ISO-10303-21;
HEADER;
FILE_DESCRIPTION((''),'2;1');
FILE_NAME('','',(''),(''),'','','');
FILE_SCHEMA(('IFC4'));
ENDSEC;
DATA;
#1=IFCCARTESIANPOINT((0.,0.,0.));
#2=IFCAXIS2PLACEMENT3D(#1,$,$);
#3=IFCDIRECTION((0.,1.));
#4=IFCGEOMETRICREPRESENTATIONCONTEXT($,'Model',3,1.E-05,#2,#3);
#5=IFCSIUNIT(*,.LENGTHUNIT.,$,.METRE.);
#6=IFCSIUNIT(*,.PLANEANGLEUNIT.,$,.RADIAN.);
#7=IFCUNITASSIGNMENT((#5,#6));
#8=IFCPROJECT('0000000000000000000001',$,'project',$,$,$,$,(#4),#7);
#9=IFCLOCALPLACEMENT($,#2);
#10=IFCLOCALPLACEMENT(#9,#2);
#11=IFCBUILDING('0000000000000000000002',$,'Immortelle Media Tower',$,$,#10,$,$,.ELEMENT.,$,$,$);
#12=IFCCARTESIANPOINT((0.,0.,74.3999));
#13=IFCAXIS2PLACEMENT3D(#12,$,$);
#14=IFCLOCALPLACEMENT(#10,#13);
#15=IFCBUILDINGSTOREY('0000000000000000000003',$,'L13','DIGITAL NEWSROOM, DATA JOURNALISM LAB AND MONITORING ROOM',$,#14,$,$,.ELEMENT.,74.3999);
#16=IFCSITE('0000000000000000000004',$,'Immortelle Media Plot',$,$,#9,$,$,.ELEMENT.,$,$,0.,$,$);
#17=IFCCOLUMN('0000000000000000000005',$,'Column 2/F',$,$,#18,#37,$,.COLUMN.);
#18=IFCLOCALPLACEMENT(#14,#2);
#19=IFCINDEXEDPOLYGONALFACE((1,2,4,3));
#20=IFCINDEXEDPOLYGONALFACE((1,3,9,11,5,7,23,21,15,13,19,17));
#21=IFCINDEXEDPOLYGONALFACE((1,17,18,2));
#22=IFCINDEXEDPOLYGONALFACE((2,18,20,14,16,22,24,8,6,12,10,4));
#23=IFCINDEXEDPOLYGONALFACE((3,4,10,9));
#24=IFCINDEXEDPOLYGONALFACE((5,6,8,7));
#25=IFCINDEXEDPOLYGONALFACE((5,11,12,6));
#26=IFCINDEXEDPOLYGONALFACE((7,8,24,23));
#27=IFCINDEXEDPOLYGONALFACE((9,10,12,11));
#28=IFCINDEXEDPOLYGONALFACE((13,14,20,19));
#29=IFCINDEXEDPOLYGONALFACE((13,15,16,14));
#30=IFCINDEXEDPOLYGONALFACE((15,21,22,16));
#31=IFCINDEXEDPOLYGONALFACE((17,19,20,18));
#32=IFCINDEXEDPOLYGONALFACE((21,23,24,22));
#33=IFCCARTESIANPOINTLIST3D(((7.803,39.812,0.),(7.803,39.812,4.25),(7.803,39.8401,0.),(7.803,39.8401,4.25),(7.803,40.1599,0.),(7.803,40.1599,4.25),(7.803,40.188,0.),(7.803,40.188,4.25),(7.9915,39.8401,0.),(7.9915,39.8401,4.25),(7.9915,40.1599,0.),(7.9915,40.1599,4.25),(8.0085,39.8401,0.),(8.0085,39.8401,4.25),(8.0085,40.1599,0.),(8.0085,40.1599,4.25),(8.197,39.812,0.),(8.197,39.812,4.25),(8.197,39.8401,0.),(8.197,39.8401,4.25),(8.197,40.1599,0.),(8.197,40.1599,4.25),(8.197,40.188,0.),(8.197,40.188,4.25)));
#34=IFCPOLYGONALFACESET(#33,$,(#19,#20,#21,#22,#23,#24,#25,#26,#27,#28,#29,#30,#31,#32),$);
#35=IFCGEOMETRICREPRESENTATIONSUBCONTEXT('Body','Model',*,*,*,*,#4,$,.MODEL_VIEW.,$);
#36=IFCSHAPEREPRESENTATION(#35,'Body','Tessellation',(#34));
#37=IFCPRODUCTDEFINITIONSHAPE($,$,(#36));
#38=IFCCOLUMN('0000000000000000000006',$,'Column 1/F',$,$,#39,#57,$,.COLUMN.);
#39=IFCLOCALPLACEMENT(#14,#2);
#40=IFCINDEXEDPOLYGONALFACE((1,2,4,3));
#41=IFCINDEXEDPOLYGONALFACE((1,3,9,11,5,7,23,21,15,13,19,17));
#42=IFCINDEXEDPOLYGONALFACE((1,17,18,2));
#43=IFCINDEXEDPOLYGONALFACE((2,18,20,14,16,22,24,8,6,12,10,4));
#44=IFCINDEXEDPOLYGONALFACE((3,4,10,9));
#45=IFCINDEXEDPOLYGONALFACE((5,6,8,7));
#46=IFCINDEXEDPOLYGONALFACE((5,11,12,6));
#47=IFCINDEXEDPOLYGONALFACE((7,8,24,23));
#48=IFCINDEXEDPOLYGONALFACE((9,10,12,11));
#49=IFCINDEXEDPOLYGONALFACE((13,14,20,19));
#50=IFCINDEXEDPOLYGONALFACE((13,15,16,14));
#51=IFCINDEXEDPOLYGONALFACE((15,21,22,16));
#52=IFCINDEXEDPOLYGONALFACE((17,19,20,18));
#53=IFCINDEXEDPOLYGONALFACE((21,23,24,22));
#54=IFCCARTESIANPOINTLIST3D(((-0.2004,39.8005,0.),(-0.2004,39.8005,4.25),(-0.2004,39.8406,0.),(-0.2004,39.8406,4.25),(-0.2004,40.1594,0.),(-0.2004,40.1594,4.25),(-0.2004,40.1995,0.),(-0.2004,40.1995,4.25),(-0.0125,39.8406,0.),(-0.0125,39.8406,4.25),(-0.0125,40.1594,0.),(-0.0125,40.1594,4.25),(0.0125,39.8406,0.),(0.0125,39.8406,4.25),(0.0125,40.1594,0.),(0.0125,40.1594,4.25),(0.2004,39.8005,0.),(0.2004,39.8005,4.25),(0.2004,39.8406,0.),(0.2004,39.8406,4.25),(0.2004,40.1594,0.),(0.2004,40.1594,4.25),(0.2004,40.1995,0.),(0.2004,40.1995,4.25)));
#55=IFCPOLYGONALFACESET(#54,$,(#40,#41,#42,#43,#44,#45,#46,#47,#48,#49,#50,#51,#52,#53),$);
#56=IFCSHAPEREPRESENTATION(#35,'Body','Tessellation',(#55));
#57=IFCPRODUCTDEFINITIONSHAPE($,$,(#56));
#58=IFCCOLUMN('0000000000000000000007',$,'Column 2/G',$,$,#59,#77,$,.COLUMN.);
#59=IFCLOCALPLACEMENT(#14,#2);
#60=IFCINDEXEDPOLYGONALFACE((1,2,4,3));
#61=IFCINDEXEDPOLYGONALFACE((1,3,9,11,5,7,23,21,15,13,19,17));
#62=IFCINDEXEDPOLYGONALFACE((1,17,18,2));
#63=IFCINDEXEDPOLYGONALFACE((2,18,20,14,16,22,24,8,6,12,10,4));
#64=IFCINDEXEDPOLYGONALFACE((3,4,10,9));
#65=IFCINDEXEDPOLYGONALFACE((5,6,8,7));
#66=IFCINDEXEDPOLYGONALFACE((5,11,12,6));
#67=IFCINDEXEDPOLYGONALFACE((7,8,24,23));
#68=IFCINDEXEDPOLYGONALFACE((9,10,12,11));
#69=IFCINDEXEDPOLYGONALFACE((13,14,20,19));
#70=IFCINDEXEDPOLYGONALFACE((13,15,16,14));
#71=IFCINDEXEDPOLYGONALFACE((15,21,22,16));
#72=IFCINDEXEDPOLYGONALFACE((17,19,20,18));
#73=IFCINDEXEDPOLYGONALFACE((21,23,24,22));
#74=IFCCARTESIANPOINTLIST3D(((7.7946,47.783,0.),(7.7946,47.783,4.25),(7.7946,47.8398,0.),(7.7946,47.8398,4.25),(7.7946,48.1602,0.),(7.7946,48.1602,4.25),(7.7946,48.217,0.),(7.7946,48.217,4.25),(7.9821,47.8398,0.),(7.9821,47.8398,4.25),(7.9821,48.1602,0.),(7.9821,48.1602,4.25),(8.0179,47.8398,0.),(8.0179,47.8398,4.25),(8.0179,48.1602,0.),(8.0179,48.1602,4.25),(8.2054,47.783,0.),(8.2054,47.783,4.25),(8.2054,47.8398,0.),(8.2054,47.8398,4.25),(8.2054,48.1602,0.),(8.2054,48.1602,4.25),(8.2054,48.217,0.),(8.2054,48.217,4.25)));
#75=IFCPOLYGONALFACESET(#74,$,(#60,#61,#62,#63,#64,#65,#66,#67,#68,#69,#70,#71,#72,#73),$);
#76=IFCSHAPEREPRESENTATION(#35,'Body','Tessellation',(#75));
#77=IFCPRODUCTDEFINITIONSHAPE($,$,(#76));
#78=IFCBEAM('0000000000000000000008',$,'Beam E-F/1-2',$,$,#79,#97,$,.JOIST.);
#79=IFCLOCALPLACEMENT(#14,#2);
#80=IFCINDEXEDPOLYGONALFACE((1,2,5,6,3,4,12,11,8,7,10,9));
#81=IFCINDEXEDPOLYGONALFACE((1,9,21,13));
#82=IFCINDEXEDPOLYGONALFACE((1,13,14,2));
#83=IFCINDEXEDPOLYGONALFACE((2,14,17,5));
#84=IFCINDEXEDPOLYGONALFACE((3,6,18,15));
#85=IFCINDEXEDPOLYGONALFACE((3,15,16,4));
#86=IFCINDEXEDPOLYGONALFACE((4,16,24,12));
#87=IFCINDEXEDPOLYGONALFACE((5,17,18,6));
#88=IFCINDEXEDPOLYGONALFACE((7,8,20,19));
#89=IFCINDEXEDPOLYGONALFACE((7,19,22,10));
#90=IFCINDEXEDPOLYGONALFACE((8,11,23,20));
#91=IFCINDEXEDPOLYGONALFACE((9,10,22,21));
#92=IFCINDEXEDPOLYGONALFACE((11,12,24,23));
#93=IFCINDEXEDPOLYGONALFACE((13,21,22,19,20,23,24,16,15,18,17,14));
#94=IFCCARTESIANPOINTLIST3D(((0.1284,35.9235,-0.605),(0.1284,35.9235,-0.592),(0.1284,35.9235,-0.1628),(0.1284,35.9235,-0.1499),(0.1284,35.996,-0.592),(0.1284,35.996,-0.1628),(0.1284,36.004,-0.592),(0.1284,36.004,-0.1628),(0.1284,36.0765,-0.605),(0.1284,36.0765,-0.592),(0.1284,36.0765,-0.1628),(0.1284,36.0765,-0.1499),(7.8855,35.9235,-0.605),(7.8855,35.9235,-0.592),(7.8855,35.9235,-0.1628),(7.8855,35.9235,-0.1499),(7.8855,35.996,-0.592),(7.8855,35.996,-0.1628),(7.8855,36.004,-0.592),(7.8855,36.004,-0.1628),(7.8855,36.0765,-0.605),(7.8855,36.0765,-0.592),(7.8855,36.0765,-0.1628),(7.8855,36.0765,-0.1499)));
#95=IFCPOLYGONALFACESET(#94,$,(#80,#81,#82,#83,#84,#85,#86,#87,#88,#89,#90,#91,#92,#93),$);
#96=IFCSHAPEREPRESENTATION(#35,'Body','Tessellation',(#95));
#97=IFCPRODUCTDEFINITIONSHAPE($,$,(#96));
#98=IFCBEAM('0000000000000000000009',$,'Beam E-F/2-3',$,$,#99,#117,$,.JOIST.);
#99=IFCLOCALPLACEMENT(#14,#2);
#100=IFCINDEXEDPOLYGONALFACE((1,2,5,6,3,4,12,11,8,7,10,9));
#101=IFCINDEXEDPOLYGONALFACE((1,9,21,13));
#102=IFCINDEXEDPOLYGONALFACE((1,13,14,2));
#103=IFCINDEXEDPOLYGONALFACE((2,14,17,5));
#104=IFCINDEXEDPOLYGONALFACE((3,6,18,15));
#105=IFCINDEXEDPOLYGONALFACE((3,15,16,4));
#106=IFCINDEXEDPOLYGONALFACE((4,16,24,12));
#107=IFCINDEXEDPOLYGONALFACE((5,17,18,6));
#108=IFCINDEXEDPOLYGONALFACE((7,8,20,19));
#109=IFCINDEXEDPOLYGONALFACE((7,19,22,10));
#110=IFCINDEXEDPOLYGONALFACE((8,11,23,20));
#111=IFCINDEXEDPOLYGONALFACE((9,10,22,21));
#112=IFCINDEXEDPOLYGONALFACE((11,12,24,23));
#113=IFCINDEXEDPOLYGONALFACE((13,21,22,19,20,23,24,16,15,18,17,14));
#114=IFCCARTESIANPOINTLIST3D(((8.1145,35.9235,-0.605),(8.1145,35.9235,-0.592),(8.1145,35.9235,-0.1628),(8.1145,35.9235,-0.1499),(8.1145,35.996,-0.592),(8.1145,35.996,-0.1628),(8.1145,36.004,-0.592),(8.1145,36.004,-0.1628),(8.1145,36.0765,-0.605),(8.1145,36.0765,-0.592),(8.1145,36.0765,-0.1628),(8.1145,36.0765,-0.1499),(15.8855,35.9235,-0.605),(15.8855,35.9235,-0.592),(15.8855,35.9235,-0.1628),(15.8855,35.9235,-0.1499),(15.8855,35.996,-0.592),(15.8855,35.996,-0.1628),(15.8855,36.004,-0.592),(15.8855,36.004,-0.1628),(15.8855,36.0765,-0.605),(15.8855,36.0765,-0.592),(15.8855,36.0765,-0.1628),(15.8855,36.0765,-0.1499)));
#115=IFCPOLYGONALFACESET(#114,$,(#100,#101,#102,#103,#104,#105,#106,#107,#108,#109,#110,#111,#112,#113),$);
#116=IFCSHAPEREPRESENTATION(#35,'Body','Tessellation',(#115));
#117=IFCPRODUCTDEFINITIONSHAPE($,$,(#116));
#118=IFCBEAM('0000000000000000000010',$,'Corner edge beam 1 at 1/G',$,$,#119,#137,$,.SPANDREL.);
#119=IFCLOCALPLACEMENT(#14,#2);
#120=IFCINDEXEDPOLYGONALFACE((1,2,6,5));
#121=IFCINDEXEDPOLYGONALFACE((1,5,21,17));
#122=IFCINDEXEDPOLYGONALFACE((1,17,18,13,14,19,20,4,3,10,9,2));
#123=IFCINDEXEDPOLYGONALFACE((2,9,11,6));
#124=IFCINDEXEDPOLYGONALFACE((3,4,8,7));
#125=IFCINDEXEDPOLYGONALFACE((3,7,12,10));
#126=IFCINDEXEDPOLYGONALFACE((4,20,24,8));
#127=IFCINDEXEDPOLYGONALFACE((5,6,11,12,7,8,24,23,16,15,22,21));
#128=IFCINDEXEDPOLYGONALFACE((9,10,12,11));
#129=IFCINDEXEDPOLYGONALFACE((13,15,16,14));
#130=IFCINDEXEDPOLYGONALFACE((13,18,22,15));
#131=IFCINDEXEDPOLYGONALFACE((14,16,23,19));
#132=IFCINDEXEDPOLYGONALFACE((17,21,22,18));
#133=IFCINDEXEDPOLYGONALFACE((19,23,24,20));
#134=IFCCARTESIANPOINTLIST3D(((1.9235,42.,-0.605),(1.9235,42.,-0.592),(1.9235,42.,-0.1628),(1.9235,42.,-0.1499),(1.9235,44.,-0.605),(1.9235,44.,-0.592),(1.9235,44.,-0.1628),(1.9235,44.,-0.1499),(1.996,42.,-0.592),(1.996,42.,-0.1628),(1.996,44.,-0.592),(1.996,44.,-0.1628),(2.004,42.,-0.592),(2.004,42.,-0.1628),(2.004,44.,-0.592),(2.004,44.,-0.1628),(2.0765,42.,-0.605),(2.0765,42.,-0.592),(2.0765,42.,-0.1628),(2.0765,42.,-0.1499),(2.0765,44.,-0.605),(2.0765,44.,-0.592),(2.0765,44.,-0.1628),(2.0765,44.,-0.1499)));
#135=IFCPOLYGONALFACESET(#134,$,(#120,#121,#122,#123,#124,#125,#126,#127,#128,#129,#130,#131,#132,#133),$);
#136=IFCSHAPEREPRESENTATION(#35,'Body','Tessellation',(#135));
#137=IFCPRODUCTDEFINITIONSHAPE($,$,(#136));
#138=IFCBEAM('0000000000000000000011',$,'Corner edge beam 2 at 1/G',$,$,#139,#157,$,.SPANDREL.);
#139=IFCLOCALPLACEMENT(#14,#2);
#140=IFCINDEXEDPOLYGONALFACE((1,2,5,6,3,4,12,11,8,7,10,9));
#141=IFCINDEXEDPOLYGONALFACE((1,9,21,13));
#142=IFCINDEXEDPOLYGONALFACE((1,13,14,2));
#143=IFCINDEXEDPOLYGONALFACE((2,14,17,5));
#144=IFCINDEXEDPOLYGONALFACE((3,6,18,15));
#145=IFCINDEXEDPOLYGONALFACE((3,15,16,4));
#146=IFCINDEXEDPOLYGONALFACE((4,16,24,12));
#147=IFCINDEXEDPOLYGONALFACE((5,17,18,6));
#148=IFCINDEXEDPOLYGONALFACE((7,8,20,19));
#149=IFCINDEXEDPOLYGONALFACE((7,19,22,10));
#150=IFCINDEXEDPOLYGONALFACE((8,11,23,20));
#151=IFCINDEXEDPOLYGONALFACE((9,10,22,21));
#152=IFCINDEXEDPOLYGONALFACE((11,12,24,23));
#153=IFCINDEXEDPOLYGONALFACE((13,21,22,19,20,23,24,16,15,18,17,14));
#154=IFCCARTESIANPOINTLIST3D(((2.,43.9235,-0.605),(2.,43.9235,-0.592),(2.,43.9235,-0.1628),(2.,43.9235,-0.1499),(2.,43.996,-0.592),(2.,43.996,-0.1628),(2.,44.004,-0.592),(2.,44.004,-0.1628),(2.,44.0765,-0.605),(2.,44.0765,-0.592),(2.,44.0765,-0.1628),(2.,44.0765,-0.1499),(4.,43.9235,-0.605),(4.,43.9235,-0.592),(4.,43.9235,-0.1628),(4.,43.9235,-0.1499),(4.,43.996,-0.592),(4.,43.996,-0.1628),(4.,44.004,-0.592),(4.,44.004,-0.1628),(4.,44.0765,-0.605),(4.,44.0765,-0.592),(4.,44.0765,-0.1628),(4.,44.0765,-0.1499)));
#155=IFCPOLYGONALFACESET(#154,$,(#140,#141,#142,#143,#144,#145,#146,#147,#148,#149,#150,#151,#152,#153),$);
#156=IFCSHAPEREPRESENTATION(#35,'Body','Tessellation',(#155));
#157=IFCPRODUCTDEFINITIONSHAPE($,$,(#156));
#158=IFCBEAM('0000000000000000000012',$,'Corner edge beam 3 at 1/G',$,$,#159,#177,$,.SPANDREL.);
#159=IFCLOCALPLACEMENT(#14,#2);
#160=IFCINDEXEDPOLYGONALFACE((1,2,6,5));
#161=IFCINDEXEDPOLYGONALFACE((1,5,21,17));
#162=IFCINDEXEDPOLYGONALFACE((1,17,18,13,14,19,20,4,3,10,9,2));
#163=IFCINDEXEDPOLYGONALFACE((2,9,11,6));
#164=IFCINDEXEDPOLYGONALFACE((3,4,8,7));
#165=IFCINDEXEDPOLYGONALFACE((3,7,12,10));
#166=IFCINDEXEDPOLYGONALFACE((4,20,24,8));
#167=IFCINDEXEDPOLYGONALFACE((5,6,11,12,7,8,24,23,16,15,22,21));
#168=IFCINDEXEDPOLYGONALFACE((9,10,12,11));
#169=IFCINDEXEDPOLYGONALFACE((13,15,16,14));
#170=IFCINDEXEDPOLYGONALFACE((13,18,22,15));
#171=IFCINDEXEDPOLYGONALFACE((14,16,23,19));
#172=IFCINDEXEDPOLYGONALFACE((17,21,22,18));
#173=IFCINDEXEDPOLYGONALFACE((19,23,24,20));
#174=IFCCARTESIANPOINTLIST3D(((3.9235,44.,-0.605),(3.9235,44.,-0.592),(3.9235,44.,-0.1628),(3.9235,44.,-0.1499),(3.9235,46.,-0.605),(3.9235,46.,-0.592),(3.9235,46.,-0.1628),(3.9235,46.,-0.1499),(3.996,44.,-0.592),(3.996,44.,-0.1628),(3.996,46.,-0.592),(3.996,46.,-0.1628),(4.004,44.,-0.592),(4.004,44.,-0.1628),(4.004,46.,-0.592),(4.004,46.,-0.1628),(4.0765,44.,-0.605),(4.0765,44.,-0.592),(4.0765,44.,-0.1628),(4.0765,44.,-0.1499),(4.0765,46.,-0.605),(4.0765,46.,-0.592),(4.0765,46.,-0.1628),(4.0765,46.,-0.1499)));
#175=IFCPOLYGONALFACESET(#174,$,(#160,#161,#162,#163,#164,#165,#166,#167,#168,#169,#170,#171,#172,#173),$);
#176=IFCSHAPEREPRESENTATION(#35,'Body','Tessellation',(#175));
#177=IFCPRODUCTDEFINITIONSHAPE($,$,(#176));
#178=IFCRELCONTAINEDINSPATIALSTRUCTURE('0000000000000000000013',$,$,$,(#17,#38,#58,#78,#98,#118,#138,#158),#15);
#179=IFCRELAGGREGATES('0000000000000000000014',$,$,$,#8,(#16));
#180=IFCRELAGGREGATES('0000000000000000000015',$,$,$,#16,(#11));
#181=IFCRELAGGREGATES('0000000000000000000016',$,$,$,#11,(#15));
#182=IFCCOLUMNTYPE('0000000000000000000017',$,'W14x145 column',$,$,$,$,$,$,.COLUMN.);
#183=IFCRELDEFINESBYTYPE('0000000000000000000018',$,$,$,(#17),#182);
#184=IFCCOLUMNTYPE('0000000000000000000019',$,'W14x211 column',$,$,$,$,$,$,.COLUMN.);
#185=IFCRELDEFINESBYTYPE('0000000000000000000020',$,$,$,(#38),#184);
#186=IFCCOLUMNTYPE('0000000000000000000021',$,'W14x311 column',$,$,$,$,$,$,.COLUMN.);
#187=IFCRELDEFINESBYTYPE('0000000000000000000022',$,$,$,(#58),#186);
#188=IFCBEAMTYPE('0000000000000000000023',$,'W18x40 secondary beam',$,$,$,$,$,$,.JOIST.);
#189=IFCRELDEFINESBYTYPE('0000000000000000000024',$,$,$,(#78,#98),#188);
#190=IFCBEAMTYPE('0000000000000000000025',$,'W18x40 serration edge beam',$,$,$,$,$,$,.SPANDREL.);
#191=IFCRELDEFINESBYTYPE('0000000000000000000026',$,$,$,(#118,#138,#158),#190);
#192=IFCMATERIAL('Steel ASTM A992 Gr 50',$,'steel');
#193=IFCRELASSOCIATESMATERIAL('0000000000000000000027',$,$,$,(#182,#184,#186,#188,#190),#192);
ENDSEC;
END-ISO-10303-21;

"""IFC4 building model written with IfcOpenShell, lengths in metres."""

from ifc_helpers import new_model, si_unit, direction, frame, origin, origin_2d, place, context, subcontext, project, spatial, i_section, extrude, material, material_profile, profile_set, type_object, element, save


model = new_model("IFC4")

# Units and contexts
model_context = context("Model", 3, precision=1e-05, world=origin(), true_north=direction((0.0, 1.0)))
body_context = subcontext(model_context, "Body", "Model", "MODEL_VIEW")
ifc_project = project(units=[si_unit("LENGTHUNIT", "METRE"), si_unit("PLANEANGLEUNIT", "RADIAN")], contexts=[model_context])

# Site, building, storey
site_placement = place(None, origin())
site = spatial("IfcSite", under=ifc_project, at=site_placement, Name="Immortelle Media Plot", CompositionType="ELEMENT", RefElevation=0.0)
building_placement = place(site_placement, origin())
building = spatial("IfcBuilding", under=site, at=building_placement, Name="Immortelle Media Tower", CompositionType="ELEMENT")
storey_placement = place(building_placement, frame((0.0, 0.0, 74.3999)))
storey = spatial("IfcBuildingStorey", under=building, at=storey_placement, Name="L13", Description="DIGITAL NEWSROOM, DATA JOURNALISM LAB AND MONITORING ROOM", CompositionType="ELEMENT", Elevation=74.3999)

# Columns
ifc_material_1 = material(Name="Steel ASTM A992 Gr 50", Category="steel")
ifc_material_profile_1 = material_profile(ifc_material_1, i_section(OverallWidth=0.394, OverallDepth=0.376, WebThickness=0.0171, FlangeThickness=0.0281, at=origin_2d()), Name="W14x145")
ifc_profile_set_1 = profile_set([ifc_material_profile_1], Name="Steel ASTM A992 Gr 50")
column_type_1 = type_object("IfcColumnType", Name="W14x145 column", PredefinedType="COLUMN", material=ifc_profile_set_1)
column_1_placement = place(storey_placement, frame((8.0, 40.0, 0.0), z_axis=(0.0, 0.0, 1.0), x_axis=(1.0, 0.0, 0.0)))
element("IfcColumn", 1, at=column_1_placement, inside=storey, type_object=column_type_1, Name="Column 2/F", PredefinedType="COLUMN", context=body_context, shape_type="SweptSolid", body=[
    extrude(i_section(OverallWidth=0.394, OverallDepth=0.376, WebThickness=0.0171, FlangeThickness=0.0281, at=origin_2d()), origin(), (0.0, 0.0, 1.0), 4.25),
])
ifc_material_profile_2 = material_profile(ifc_material_1, i_section(OverallWidth=0.4009, OverallDepth=0.3989, WebThickness=0.0249, FlangeThickness=0.04, at=origin_2d()), Name="W14x211")
ifc_profile_set_2 = profile_set([ifc_material_profile_2], Name="Steel ASTM A992 Gr 50")
column_type_2 = type_object("IfcColumnType", Name="W14x211 column", PredefinedType="COLUMN", material=ifc_profile_set_2)
column_2_placement = place(storey_placement, frame((0.0, 40.0, 0.0), z_axis=(0.0, 0.0, 1.0), x_axis=(1.0, 0.0, 0.0)))
element("IfcColumn", 2, at=column_2_placement, inside=storey, type_object=column_type_2, Name="Column 1/F", PredefinedType="COLUMN", context=body_context, shape_type="SweptSolid", body=[
    extrude(i_section(OverallWidth=0.4009, OverallDepth=0.3989, WebThickness=0.0249, FlangeThickness=0.04, at=origin_2d()), origin(), (0.0, 0.0, 1.0), 4.25),
])
ifc_material_profile_3 = material_profile(ifc_material_1, i_section(OverallWidth=0.4109, OverallDepth=0.4341, WebThickness=0.0359, FlangeThickness=0.0569, at=origin_2d()), Name="W14x311")
ifc_profile_set_3 = profile_set([ifc_material_profile_3], Name="Steel ASTM A992 Gr 50")
column_type_3 = type_object("IfcColumnType", Name="W14x311 column", PredefinedType="COLUMN", material=ifc_profile_set_3)
column_3_placement = place(storey_placement, frame((8.0, 48.0, 0.0), z_axis=(0.0, 0.0, 1.0), x_axis=(1.0, 0.0, 0.0)))
element("IfcColumn", 3, at=column_3_placement, inside=storey, type_object=column_type_3, Name="Column 2/G", PredefinedType="COLUMN", context=body_context, shape_type="SweptSolid", body=[
    extrude(i_section(OverallWidth=0.4109, OverallDepth=0.4341, WebThickness=0.0359, FlangeThickness=0.0569, at=origin_2d()), origin(), (0.0, 0.0, 1.0), 4.25),
])

# Beams
ifc_material_profile_4 = material_profile(ifc_material_1, i_section(OverallWidth=0.1531, OverallDepth=0.4551, WebThickness=0.0081, FlangeThickness=0.0129, at=origin_2d()), Name="W18x40")
ifc_profile_set_4 = profile_set([ifc_material_profile_4], Name="Steel ASTM A992 Gr 50")
beam_type_1 = type_object("IfcBeamType", Name="W18x40 secondary beam", PredefinedType="JOIST", material=ifc_profile_set_4)
beam_1_placement = place(storey_placement, frame((0.1284, 36.0, -0.3774), z_axis=(1.0, 0.0, 0.0), x_axis=(0.0, 1.0, 0.0)))
element("IfcBeam", 4, at=beam_1_placement, inside=storey, type_object=beam_type_1, Name="Beam E-F/1-2", PredefinedType="JOIST", context=body_context, shape_type="SweptSolid", body=[
    extrude(i_section(OverallWidth=0.1531, OverallDepth=0.4551, WebThickness=0.0081, FlangeThickness=0.0129, at=origin_2d()), origin(), (0.0, 0.0, 1.0), 7.7571),
])
beam_2_placement = place(storey_placement, frame((8.1145, 36.0, -0.3774), z_axis=(1.0, 0.0, 0.0), x_axis=(0.0, 1.0, 0.0)))
element("IfcBeam", 5, at=beam_2_placement, inside=storey, type_object=beam_type_1, Name="Beam E-F/2-3", PredefinedType="JOIST", context=body_context, shape_type="SweptSolid", body=[
    extrude(i_section(OverallWidth=0.1531, OverallDepth=0.4551, WebThickness=0.0081, FlangeThickness=0.0129, at=origin_2d()), origin(), (0.0, 0.0, 1.0), 7.771),
])
ifc_material_profile_5 = material_profile(ifc_material_1, i_section(OverallWidth=0.1531, OverallDepth=0.4551, WebThickness=0.0081, FlangeThickness=0.0129, at=origin_2d()), Name="W18x40")
ifc_profile_set_5 = profile_set([ifc_material_profile_5], Name="Steel ASTM A992 Gr 50")
beam_type_2 = type_object("IfcBeamType", Name="W18x40 serration edge beam", PredefinedType="SPANDREL", material=ifc_profile_set_5)
for number, where, z_axis, x_axis, name in (
    (6, (2.0, 42.0, -0.3774), (0.0, 1.0, 0.0), (-1.0, 0.0, 0.0), "Corner edge beam 1 at 1/G"),
    (7, (2.0, 44.0, -0.3774), (1.0, 0.0, 0.0), (0.0, 1.0, 0.0), "Corner edge beam 2 at 1/G"),
    (8, (4.0, 44.0, -0.3774), (0.0, 1.0, 0.0), (-1.0, 0.0, 0.0), "Corner edge beam 3 at 1/G"),
):
    element("IfcBeam", number, at=place(storey_placement, frame(where, z_axis=z_axis, x_axis=x_axis)), inside=storey, type_object=beam_type_2, Name=name, PredefinedType="SPANDREL", context=body_context, shape_type="SweptSolid", body=[
        extrude(i_section(OverallWidth=0.1531, OverallDepth=0.4551, WebThickness=0.0081, FlangeThickness=0.0129, at=origin_2d()), origin(), (0.0, 0.0, 1.0), 2.0),
    ])

save(model, "model.ifc")
